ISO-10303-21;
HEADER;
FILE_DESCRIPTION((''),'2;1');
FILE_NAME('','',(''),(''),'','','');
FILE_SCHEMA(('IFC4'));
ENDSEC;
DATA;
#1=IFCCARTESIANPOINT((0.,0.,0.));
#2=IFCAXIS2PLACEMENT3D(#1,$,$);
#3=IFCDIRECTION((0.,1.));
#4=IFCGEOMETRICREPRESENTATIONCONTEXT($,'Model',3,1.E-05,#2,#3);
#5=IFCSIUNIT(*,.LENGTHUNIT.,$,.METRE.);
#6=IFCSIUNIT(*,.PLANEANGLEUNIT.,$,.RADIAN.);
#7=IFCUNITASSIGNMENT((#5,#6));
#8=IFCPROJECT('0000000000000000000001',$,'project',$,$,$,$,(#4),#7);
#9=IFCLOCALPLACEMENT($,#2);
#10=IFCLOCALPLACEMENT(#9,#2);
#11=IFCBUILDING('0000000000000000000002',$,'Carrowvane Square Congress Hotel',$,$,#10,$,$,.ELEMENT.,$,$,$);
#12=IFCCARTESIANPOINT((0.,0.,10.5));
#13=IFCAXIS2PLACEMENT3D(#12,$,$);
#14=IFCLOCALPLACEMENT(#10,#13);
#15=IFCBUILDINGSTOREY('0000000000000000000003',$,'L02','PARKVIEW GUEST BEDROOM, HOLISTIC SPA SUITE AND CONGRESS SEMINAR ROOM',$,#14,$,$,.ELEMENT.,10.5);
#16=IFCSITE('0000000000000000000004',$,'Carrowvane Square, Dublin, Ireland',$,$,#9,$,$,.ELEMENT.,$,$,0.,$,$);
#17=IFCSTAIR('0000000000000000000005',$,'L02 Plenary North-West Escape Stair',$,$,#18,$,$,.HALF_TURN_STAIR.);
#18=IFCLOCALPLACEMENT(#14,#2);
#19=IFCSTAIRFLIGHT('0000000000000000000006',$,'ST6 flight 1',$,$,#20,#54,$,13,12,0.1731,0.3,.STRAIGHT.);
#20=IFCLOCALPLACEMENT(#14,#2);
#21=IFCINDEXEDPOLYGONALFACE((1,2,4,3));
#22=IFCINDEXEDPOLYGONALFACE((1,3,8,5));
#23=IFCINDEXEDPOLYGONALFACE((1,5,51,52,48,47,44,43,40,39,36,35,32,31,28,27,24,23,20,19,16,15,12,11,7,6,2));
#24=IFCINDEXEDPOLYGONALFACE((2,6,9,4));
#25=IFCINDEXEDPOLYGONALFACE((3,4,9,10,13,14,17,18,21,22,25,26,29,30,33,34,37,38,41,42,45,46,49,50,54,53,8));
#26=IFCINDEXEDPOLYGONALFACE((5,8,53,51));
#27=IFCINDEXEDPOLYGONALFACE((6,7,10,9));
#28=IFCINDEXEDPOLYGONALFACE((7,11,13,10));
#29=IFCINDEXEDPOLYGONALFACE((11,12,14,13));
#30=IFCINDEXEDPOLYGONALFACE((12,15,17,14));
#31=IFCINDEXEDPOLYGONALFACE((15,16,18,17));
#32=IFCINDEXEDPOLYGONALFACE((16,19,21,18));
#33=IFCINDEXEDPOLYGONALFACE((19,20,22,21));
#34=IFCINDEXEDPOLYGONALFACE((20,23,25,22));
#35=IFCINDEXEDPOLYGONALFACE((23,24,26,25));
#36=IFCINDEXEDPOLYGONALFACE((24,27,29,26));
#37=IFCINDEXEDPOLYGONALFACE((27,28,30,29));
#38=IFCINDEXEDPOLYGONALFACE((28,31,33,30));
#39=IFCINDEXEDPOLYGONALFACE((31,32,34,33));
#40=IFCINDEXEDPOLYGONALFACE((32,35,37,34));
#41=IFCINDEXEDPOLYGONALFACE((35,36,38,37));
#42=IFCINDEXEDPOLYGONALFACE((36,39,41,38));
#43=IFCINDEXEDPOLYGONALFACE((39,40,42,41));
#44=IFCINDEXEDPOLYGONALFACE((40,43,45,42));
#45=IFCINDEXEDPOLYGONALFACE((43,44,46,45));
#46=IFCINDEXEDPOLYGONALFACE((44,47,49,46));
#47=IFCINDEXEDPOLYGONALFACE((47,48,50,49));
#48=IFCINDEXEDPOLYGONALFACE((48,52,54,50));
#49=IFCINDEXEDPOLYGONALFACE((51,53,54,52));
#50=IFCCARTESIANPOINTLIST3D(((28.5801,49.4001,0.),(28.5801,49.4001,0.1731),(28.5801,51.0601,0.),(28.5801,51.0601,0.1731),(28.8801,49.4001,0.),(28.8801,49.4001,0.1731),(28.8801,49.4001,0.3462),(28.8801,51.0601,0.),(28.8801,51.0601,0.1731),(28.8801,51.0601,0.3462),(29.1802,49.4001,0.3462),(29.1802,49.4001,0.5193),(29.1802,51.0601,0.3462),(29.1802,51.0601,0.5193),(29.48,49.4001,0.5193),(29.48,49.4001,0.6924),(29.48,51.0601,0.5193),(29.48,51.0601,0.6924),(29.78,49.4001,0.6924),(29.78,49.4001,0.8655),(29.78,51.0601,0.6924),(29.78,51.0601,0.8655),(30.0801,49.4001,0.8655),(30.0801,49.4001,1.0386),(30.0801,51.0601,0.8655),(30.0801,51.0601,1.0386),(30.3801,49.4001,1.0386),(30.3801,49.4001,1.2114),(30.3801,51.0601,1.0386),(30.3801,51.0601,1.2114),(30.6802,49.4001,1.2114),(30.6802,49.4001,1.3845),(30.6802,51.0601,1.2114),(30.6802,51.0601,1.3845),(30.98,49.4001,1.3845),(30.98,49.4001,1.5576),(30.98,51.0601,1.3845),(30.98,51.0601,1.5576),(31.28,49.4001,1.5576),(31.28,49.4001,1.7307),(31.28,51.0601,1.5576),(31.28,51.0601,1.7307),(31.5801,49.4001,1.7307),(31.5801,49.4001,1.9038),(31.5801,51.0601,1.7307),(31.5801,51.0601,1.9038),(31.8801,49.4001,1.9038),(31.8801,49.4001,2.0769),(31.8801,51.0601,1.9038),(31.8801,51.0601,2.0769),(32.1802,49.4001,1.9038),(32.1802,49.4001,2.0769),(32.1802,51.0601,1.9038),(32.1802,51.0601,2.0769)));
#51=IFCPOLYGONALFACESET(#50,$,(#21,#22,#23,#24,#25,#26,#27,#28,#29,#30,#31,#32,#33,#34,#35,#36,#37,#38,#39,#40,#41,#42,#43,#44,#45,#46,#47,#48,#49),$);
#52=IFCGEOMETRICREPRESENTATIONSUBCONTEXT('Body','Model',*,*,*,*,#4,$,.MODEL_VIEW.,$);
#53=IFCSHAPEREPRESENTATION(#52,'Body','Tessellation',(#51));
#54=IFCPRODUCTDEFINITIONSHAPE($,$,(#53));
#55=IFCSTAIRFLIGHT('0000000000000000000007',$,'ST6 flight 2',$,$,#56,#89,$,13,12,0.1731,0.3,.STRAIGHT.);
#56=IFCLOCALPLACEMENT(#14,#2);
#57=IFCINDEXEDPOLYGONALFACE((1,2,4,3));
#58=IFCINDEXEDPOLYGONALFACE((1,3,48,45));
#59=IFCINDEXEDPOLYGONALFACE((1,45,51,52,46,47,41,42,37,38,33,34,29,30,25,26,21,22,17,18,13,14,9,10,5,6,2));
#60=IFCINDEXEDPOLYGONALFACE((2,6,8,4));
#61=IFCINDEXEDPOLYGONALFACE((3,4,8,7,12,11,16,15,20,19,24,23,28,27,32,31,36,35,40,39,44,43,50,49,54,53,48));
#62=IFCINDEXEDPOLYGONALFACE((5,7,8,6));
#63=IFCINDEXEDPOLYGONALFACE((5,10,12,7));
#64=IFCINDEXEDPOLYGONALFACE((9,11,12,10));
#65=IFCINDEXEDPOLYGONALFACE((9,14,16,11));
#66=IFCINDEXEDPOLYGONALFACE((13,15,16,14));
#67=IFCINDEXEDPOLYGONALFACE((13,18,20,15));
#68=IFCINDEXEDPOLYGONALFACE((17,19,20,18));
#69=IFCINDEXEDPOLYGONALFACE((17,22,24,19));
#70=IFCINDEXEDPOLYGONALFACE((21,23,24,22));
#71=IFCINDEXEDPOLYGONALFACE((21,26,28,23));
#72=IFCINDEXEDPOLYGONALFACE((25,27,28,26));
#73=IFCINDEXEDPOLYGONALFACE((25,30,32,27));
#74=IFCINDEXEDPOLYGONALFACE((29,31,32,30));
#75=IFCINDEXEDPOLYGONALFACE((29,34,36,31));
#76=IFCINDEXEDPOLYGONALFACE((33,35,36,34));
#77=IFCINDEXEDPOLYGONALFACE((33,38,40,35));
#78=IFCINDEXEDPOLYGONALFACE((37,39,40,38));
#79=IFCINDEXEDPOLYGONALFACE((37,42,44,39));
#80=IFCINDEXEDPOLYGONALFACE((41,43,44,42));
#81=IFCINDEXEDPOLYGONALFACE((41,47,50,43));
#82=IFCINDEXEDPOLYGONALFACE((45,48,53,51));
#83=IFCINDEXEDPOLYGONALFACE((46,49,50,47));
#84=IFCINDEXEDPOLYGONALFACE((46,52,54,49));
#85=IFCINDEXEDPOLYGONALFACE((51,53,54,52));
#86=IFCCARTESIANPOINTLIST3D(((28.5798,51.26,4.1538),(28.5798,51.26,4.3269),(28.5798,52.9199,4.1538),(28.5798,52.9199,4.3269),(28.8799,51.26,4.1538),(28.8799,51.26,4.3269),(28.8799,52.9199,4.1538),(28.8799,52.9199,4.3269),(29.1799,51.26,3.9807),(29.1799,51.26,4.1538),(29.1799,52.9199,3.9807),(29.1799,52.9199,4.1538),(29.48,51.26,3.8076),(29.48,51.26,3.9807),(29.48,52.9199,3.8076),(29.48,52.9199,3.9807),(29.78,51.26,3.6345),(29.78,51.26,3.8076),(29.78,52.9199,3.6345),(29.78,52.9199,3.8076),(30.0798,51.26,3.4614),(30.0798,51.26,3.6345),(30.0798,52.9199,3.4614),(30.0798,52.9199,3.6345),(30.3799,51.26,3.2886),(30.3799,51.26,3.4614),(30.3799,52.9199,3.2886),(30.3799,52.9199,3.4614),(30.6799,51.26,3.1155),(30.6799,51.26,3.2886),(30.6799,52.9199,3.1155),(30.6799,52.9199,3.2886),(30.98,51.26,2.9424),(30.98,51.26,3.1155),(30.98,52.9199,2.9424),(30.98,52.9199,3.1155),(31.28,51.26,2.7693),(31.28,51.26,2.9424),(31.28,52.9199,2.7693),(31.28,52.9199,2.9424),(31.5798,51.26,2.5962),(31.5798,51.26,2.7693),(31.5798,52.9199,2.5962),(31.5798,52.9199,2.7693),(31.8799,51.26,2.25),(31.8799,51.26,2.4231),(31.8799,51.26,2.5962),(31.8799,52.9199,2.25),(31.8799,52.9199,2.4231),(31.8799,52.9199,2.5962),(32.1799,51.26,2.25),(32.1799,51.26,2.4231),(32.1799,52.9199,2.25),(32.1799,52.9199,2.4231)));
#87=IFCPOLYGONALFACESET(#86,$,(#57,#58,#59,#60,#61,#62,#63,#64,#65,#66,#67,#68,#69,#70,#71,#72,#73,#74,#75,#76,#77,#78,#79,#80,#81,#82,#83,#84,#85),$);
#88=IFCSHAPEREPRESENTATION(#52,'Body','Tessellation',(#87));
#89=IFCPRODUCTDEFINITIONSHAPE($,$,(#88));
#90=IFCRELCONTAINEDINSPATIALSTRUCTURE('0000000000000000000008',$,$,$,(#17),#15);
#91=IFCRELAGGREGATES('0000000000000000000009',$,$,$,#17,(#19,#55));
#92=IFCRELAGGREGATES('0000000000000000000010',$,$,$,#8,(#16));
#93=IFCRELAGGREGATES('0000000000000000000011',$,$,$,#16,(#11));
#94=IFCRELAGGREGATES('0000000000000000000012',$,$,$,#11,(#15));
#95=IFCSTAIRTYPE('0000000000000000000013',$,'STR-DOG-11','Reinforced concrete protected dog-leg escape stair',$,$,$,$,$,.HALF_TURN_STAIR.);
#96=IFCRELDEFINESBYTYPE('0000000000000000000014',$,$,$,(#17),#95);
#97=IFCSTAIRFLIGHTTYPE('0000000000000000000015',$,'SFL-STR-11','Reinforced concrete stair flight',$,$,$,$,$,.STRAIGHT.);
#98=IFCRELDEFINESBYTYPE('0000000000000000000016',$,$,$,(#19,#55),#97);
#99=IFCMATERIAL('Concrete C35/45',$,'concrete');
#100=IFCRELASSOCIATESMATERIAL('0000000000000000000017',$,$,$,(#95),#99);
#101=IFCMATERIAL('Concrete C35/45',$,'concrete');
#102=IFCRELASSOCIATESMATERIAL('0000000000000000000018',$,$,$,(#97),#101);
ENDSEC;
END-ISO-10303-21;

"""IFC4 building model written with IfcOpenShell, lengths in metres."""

from ifc_helpers import new_model, si_unit, direction, frame, origin, place, context, subcontext, project, spatial, polyline, outline, extrude, material, type_object, element, aggregate, save


model = new_model("IFC4")

# Units and contexts
model_context = context("Model", 3, precision=1e-05, world=origin(), true_north=direction((0.0, 1.0)))
body_context = subcontext(model_context, "Body", "Model", "MODEL_VIEW")
ifc_project = project(units=[si_unit("LENGTHUNIT", "METRE"), si_unit("PLANEANGLEUNIT", "RADIAN")], contexts=[model_context])

# Site, building, storey
site_placement = place(None, origin())
site = spatial("IfcSite", under=ifc_project, at=site_placement, Name="Carrowvane Square, Dublin, Ireland", CompositionType="ELEMENT", RefElevation=0.0)
building_placement = place(site_placement, origin())
building = spatial("IfcBuilding", under=site, at=building_placement, Name="Carrowvane Square Congress Hotel", CompositionType="ELEMENT")
storey_placement = place(building_placement, frame((0.0, 0.0, 10.5)))
storey = spatial("IfcBuildingStorey", under=building, at=storey_placement, Name="L02", Description="PARKVIEW GUEST BEDROOM, HOLISTIC SPA SUITE AND CONGRESS SEMINAR ROOM", CompositionType="ELEMENT", Elevation=10.5)

# Stair, stair flights
ifc_material_1 = material(Name="Concrete C35/45", Category="concrete")
stair_type = type_object("IfcStairType", Name="STR-DOG-11", Description="Reinforced concrete protected dog-leg escape stair", PredefinedType="HALF_TURN_STAIR", material=ifc_material_1)
stair_placement = place(storey_placement, origin())
stair = element("IfcStair", 1, at=stair_placement, inside=storey, type_object=stair_type, Name="L02 Plenary North-West Escape Stair", PredefinedType="HALF_TURN_STAIR")
ifc_material_2 = material(Name="Concrete C35/45", Category="concrete")
stair_flight_type = type_object("IfcStairFlightType", Name="SFL-STR-11", Description="Reinforced concrete stair flight", PredefinedType="STRAIGHT", material=ifc_material_2)
stair_flight_1_placement = place(storey_placement, frame((28.5801, 50.23, 0.0), z_axis=(0.0, 0.0, 1.0), x_axis=(1.0, 0.0, 0.0)))
stair_flight_1 = element("IfcStairFlight", 2, at=stair_flight_1_placement, type_object=stair_flight_type, Name="ST6 flight 1", NumberOfRisers=13, NumberOfTreads=12, PredefinedType="STRAIGHT", RiserHeight=0.1731, TreadLength=0.3, context=body_context, shape_type="SweptSolid", body=[
    extrude(outline(polyline([(0.0, 0.0), (0.0, 0.1731), (0.3, 0.1731), (0.3, 0.3462), (0.6001, 0.3462), (0.6001, 0.5193), (0.8999, 0.5193), (0.8999, 0.6924), (1.2, 0.6924), (1.2, 0.8655), (1.5, 0.8655), (1.5, 1.0386), (1.8, 1.0386), (1.8, 1.2114), (2.1001, 1.2114), (2.1001, 1.3845), (2.3999, 1.3845), (2.3999, 1.5576), (2.7, 1.5576), (2.7, 1.7307), (3.0, 1.7307), (3.0, 1.9038), (3.3, 1.9038), (3.3, 2.0769), (3.6001, 2.0769), (3.6001, 2.25), (3.6001, 1.9038), (0.3, 0.0), (0.0, 0.0)])), frame((0.0, 0.8301, 0.0), z_axis=(0.0, -1.0, 0.0), x_axis=(1.0, 0.0, 0.0)), (0.0, 0.0, 1.0), 1.6599),
])
stair_flight_2_placement = place(storey_placement, frame((32.1799, 52.0901, 2.25), z_axis=(0.0, 0.0, 1.0), x_axis=(-1.0, 0.0, 0.0)))
stair_flight_2 = element("IfcStairFlight", 3, at=stair_flight_2_placement, type_object=stair_flight_type, Name="ST6 flight 2", NumberOfRisers=13, NumberOfTreads=12, PredefinedType="STRAIGHT", RiserHeight=0.1731, TreadLength=0.3, context=body_context, shape_type="SweptSolid", body=[
    extrude(outline(polyline([(0.0, 0.0), (0.0, 0.1731), (0.3, 0.1731), (0.3, 0.3462), (0.6001, 0.3462), (0.6001, 0.5193), (0.8999, 0.5193), (0.8999, 0.6924), (1.2, 0.6924), (1.2, 0.8655), (1.5, 0.8655), (1.5, 1.0386), (1.8, 1.0386), (1.8, 1.2114), (2.1001, 1.2114), (2.1001, 1.3845), (2.3999, 1.3845), (2.3999, 1.5576), (2.7, 1.5576), (2.7, 1.7307), (3.0, 1.7307), (3.0, 1.9038), (3.3, 1.9038), (3.3, 2.0769), (3.6001, 2.0769), (3.6001, 2.25), (3.6001, 1.9038), (0.3, 0.0), (0.0, 0.0)])), frame((0.0, 0.8301, 0.0), z_axis=(0.0, -1.0, 0.0), x_axis=(1.0, 0.0, 0.0)), (0.0, 0.0, 1.0), 1.6599),
])
aggregate(stair, [stair_flight_1, stair_flight_2])

save(model, "model.ifc")
